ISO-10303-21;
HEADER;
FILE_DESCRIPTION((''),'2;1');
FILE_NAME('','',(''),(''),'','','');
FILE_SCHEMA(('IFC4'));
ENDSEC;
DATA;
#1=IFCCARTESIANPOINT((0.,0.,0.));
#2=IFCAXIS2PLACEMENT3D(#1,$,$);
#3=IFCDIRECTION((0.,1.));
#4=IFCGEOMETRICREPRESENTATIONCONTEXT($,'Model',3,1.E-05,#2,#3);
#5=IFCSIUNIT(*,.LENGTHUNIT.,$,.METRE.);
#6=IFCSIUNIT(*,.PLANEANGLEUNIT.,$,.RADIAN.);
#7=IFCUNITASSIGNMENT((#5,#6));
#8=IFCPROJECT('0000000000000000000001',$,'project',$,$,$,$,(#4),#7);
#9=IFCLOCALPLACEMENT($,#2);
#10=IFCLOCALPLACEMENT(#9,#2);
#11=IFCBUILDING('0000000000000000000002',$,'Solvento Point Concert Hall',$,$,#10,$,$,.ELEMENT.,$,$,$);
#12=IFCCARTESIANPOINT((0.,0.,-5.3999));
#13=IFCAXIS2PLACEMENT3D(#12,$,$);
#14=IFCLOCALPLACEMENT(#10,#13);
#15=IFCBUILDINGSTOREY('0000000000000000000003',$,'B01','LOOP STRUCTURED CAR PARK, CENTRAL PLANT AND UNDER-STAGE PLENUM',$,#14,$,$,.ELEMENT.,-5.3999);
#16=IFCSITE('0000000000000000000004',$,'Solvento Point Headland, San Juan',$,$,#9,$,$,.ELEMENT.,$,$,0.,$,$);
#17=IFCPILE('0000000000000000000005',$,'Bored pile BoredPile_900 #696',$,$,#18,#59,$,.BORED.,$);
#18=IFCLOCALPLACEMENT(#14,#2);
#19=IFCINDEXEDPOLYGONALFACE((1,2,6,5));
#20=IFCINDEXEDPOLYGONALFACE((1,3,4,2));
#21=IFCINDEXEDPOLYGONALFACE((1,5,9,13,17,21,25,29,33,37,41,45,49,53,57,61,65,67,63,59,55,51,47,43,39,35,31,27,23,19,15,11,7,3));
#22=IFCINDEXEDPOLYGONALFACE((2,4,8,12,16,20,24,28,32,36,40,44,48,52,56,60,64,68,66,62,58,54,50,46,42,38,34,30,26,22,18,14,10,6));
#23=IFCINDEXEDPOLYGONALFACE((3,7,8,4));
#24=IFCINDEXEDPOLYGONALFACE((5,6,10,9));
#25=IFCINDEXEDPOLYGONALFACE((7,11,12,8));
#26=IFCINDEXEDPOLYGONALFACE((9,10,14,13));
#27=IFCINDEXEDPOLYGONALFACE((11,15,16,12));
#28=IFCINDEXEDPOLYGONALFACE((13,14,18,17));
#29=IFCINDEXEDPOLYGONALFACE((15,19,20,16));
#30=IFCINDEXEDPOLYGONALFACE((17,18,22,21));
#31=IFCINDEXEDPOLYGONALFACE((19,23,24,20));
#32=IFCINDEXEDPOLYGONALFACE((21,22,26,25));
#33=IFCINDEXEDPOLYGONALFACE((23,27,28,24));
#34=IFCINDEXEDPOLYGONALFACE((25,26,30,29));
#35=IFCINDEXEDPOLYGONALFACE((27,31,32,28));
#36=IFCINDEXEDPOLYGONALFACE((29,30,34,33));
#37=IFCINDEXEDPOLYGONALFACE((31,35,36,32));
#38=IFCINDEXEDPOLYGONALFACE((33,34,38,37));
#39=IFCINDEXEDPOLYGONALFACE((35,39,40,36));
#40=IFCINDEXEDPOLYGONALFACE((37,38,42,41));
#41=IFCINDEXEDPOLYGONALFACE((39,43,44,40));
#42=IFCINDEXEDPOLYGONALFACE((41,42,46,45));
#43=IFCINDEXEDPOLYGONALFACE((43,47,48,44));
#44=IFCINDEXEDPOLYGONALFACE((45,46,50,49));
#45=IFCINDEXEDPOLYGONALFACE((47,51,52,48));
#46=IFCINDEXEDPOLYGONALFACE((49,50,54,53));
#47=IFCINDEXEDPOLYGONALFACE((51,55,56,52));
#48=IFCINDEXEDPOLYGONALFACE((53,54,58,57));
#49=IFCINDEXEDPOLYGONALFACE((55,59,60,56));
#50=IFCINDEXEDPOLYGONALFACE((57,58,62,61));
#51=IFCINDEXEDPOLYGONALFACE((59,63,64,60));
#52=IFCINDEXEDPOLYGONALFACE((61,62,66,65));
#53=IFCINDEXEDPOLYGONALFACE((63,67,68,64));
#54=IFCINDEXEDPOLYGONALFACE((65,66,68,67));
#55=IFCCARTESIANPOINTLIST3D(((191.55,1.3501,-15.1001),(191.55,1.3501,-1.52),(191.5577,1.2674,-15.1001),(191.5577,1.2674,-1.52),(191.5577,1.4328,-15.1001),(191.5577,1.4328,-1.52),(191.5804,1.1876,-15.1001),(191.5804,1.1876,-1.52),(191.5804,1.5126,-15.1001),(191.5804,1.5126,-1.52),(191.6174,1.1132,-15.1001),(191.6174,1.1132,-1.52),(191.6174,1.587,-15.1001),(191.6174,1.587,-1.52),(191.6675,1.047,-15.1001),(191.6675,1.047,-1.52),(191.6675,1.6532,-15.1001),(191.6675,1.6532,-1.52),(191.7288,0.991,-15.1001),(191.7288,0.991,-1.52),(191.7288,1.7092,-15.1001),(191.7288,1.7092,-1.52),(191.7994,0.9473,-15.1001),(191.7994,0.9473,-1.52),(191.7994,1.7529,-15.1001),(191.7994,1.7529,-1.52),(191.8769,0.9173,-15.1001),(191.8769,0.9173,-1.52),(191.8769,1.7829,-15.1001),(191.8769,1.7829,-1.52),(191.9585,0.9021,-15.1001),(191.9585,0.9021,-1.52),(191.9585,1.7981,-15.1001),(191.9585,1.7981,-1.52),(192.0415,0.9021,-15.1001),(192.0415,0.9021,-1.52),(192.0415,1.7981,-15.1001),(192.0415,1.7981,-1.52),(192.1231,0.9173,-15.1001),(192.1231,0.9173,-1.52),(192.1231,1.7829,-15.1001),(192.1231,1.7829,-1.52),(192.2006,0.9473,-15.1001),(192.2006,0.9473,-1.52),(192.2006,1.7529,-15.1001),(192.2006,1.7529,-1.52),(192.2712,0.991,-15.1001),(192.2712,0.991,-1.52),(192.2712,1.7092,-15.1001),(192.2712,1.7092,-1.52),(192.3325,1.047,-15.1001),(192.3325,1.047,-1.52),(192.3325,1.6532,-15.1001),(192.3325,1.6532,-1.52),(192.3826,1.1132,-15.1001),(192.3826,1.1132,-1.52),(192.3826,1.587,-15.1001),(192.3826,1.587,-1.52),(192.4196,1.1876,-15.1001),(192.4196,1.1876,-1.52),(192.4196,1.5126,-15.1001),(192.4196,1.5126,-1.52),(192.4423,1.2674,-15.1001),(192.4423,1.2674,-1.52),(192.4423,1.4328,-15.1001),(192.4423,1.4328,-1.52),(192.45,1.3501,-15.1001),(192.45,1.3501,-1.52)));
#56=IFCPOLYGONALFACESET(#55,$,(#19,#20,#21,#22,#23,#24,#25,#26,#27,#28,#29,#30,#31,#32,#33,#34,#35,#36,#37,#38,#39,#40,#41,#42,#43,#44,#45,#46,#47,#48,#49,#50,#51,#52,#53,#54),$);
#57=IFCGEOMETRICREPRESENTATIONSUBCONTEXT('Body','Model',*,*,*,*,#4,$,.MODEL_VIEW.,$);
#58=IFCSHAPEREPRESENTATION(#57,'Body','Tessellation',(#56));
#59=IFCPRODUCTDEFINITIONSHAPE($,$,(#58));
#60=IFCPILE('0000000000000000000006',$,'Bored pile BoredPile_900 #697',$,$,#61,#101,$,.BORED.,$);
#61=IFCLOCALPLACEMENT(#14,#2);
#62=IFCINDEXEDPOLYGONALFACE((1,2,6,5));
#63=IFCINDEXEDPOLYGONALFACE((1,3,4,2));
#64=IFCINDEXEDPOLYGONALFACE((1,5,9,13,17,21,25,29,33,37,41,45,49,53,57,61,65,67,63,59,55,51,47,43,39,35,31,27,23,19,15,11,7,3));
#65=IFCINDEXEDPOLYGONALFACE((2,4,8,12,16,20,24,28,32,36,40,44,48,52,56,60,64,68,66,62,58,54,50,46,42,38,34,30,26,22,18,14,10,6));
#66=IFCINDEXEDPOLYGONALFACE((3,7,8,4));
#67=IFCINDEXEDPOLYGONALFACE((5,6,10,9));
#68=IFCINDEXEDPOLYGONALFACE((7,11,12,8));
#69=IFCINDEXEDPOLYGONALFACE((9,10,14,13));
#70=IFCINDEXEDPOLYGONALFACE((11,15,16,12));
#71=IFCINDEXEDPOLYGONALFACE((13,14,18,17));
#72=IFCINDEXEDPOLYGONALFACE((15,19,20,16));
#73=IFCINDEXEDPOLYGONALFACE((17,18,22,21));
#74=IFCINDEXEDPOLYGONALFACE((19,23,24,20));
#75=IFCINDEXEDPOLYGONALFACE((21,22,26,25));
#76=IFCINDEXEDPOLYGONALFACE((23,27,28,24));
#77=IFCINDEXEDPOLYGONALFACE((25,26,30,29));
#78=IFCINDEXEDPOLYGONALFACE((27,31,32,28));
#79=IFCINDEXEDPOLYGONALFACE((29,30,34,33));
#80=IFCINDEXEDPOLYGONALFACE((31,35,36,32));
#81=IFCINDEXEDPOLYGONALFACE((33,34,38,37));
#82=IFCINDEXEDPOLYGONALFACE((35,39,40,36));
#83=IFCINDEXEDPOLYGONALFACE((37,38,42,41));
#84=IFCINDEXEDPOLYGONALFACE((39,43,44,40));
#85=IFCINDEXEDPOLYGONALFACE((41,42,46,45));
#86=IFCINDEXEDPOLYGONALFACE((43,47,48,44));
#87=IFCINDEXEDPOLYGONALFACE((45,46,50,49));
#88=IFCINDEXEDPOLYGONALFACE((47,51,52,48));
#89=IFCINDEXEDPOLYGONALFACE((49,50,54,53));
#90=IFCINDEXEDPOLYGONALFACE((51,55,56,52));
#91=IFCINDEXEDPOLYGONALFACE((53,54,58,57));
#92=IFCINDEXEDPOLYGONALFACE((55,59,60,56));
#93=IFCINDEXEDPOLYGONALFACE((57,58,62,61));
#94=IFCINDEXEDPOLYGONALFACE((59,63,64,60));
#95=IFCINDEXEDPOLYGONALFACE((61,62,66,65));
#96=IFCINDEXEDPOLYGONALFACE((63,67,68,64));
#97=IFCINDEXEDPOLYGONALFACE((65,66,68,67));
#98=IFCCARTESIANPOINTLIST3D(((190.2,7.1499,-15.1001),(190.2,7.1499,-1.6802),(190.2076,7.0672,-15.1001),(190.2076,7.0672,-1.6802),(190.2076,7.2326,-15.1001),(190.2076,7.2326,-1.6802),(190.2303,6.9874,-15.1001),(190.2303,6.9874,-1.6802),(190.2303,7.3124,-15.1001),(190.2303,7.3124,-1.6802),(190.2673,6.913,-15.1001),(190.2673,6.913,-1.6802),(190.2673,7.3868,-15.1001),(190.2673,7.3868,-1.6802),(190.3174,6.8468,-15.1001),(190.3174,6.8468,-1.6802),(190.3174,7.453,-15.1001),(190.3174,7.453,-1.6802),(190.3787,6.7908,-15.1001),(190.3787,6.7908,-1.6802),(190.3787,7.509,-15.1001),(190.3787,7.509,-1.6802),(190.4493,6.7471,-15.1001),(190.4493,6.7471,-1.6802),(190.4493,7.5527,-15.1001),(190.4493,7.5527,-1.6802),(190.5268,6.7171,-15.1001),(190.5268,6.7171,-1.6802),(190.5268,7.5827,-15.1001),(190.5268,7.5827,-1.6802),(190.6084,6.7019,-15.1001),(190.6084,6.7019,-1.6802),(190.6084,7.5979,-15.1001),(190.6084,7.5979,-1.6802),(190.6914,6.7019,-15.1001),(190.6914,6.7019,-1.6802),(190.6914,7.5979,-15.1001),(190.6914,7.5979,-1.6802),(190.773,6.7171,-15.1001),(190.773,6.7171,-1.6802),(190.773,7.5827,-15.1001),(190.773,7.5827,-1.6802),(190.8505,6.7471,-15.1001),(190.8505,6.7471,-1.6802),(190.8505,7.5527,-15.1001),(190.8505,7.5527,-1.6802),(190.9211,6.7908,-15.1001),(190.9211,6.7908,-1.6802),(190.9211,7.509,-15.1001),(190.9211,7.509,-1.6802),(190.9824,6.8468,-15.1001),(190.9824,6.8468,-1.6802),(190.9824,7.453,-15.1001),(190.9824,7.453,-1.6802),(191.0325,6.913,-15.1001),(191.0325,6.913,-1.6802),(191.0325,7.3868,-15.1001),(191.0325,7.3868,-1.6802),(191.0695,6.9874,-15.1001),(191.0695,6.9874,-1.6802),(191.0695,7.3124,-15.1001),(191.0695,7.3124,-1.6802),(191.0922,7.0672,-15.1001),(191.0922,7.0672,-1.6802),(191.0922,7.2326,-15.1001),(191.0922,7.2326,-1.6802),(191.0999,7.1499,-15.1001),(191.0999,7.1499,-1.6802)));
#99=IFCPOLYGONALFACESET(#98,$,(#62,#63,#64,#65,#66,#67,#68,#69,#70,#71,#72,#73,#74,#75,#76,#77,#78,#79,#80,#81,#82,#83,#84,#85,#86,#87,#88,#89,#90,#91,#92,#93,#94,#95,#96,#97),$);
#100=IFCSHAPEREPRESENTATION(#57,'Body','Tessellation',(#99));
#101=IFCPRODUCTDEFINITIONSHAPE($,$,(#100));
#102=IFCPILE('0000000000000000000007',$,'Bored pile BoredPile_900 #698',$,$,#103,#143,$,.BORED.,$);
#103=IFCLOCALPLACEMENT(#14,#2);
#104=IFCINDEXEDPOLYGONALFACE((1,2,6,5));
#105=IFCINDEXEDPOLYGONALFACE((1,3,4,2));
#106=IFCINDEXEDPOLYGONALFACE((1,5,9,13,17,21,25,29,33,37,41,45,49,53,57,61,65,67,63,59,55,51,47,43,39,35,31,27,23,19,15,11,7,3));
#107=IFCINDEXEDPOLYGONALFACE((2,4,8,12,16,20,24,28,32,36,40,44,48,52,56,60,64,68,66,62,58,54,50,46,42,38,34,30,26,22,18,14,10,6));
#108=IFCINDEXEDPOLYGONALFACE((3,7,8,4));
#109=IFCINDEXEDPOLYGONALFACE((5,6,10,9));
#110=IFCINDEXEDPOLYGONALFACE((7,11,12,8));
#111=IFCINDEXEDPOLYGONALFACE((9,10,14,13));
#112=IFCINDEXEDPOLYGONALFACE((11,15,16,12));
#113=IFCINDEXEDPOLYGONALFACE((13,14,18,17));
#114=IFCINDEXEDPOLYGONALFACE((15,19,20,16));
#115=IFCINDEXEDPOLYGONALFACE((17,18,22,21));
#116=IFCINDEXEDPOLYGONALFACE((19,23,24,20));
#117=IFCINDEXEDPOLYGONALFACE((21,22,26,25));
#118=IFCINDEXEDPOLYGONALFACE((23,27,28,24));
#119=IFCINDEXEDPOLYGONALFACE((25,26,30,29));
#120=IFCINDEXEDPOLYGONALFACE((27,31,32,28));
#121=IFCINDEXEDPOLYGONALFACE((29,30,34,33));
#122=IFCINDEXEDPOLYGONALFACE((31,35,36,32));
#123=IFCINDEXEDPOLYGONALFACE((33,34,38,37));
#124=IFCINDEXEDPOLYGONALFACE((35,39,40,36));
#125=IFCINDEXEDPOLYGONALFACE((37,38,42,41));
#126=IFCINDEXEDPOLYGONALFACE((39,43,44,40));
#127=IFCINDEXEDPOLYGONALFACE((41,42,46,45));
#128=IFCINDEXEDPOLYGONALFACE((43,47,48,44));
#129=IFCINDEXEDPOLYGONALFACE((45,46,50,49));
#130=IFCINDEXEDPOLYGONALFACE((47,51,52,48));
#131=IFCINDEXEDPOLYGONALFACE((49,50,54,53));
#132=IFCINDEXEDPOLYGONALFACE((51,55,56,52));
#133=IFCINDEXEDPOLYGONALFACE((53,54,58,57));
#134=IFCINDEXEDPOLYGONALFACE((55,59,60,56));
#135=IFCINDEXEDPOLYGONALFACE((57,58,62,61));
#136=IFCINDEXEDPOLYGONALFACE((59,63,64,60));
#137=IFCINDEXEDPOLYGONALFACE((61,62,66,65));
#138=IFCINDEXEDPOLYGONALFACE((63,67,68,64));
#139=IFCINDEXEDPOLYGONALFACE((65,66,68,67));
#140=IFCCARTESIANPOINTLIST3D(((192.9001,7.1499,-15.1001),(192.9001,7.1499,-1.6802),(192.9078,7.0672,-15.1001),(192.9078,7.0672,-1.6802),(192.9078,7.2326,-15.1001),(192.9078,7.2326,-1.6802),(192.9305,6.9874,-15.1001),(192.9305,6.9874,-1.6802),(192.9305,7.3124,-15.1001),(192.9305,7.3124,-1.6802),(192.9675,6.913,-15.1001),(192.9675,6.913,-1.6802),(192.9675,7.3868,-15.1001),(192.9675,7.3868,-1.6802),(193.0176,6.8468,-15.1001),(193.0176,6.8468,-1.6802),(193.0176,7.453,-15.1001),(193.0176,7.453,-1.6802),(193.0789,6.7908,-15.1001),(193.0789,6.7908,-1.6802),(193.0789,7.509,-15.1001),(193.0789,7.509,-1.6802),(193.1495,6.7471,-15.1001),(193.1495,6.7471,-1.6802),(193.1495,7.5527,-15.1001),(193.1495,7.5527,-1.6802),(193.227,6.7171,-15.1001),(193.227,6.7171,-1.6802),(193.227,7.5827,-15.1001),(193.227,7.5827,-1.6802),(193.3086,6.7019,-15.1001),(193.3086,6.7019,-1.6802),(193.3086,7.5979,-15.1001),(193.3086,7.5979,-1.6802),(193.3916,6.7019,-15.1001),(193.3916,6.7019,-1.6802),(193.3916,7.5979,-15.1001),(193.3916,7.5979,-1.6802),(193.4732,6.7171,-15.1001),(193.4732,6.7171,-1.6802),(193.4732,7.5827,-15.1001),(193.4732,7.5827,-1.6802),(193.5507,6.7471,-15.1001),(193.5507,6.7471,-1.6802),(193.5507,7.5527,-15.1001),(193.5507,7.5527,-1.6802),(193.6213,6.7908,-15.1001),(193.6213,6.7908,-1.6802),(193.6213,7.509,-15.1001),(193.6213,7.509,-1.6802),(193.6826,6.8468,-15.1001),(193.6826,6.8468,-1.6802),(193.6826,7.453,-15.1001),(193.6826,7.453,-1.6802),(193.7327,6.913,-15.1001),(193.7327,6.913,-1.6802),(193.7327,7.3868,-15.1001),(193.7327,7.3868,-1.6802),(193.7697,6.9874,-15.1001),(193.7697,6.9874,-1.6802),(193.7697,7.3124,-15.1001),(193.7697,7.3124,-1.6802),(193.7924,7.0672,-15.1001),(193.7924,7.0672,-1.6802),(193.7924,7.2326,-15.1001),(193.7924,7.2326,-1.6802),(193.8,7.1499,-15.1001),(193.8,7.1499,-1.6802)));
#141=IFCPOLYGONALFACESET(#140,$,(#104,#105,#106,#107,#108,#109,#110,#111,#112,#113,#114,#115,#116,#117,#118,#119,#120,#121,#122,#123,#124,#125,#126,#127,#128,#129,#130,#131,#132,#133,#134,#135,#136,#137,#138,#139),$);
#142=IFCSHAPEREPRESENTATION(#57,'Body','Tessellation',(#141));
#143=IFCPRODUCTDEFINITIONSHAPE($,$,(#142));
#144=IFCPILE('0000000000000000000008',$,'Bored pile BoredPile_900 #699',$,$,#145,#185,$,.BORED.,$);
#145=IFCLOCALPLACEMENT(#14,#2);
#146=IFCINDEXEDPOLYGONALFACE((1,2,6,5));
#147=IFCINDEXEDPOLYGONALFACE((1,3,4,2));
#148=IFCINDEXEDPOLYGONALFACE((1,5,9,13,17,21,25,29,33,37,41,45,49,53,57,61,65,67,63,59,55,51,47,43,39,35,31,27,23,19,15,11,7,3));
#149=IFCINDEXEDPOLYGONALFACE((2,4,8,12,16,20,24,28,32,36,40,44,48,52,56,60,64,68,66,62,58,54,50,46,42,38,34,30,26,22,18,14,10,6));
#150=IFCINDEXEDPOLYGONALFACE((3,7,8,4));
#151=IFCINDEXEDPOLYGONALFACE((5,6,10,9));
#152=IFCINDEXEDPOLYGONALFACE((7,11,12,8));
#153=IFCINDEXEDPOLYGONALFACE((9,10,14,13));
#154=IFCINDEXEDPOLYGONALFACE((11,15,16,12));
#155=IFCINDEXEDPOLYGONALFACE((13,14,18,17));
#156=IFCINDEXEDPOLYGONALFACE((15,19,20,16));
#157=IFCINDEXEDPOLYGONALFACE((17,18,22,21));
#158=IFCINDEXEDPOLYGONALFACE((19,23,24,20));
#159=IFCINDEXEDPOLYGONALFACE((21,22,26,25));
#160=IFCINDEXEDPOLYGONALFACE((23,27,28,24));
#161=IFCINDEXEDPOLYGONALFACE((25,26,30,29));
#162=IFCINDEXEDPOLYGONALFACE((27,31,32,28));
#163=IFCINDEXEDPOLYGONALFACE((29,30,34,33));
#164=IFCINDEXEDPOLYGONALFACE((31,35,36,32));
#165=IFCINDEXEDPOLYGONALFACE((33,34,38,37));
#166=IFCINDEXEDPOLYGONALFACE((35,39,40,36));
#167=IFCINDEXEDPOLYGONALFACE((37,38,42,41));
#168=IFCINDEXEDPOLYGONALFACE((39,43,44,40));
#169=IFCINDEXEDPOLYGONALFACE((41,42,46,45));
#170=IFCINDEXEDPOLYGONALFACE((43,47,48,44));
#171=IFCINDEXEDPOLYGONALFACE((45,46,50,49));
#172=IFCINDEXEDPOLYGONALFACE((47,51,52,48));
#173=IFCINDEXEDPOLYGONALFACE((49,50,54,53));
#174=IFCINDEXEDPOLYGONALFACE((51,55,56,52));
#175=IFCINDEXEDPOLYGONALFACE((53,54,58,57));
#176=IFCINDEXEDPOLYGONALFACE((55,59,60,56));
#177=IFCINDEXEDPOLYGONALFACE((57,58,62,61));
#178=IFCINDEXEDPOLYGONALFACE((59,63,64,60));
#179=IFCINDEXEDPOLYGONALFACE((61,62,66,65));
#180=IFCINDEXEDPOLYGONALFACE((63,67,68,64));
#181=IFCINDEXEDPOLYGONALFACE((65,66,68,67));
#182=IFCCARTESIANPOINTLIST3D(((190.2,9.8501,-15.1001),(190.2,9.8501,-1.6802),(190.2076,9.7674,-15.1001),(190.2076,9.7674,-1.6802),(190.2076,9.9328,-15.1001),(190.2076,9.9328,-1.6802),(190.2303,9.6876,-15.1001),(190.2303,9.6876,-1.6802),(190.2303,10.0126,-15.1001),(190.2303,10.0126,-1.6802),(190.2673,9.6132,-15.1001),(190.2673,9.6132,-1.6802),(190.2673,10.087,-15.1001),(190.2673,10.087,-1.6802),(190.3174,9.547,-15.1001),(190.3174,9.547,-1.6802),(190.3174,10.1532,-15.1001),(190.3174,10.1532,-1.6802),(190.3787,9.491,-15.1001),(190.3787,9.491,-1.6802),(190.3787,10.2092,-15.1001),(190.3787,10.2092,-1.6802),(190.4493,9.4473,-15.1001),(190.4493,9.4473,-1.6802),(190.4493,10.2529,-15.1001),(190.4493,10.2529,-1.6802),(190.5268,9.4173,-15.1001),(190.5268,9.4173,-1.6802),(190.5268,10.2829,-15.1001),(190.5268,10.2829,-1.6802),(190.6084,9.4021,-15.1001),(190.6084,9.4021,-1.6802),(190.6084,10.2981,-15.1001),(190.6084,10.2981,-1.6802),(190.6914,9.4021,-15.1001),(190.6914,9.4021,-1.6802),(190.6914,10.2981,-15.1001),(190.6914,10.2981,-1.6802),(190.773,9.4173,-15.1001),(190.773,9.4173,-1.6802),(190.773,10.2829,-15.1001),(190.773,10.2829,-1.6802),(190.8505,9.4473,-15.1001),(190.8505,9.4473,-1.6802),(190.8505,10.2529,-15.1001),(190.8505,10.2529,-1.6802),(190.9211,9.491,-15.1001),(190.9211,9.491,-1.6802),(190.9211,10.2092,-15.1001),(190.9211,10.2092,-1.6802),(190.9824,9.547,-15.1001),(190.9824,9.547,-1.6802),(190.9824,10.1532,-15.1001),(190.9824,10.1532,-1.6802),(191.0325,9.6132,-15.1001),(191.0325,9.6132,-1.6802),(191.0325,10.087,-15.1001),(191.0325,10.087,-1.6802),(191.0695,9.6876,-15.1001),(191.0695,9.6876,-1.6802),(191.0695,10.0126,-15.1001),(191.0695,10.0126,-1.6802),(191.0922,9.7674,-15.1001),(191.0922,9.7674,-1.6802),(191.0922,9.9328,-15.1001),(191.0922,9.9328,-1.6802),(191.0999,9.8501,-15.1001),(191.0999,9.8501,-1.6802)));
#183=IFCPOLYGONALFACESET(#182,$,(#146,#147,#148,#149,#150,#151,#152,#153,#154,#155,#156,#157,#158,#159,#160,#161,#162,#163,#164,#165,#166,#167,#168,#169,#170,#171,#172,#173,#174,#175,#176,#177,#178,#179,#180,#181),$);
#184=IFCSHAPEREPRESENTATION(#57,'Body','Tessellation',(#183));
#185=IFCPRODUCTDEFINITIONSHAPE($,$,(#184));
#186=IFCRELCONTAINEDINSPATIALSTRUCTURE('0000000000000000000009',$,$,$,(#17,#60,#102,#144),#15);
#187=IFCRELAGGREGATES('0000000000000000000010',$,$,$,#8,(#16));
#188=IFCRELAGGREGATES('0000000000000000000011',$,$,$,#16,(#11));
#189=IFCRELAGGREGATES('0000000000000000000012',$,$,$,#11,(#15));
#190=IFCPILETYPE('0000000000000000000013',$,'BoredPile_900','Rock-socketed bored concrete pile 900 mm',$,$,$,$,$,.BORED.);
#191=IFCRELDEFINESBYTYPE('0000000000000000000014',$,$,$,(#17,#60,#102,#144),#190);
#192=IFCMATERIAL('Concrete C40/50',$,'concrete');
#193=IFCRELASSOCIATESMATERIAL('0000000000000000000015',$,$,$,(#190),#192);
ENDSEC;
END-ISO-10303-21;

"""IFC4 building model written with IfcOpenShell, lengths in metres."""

from ifc_helpers import new_model, si_unit, direction, frame, origin, origin_2d, place, context, subcontext, project, spatial, circle, extrude, material, material_profile, profile_set, type_object, element, save


model = new_model("IFC4")

# Units and contexts
model_context = context("Model", 3, precision=1e-05, world=origin(), true_north=direction((0.0, 1.0)))
body_context = subcontext(model_context, "Body", "Model", "MODEL_VIEW")
ifc_project = project(units=[si_unit("LENGTHUNIT", "METRE"), si_unit("PLANEANGLEUNIT", "RADIAN")], contexts=[model_context])

# Site, building, storey
site_placement = place(None, origin())
site = spatial("IfcSite", under=ifc_project, at=site_placement, Name="Solvento Point Headland, San Juan", CompositionType="ELEMENT", RefElevation=0.0)
building_placement = place(site_placement, origin())
building = spatial("IfcBuilding", under=site, at=building_placement, Name="Solvento Point Concert Hall", CompositionType="ELEMENT")
storey_placement = place(building_placement, frame((0.0, 0.0, -5.3999)))
storey = spatial("IfcBuildingStorey", under=building, at=storey_placement, Name="B01", Description="LOOP STRUCTURED CAR PARK, CENTRAL PLANT AND UNDER-STAGE PLENUM", CompositionType="ELEMENT", Elevation=-5.3999)

# Piles
ifc_material_1 = material(Name="Concrete C40/50", Category="concrete")
ifc_material_profile_1 = material_profile(ifc_material_1, circle(Radius=0.45, at=origin_2d()), Name="BP-900")
ifc_profile_set_1 = profile_set([ifc_material_profile_1], Name="Concrete C40/50")
pile_type_1 = type_object("IfcPileType", Name="BoredPile_900", Description="Rock-socketed bored concrete pile 900 mm", PredefinedType="BORED", material=ifc_profile_set_1)
for number, where, z_axis, x_axis, name in (
    (1, (192.0, 1.3501, -1.52), (0.0, 0.0, -1.0), (1.0, 0.0, 0.0), "Bored pile BoredPile_900 #696"),
):
    element("IfcPile", number, at=place(storey_placement, frame(where, z_axis=z_axis, x_axis=x_axis)), inside=storey, type_object=pile_type_1, Name=name, PredefinedType="BORED", context=body_context, shape_type="SweptSolid", body=[
        extrude(circle(Radius=0.45, at=origin_2d()), origin(), (0.0, 0.0, 1.0), 13.5801),
    ])
for number, where, z_axis, x_axis, name in (
    (2, (190.6499, 7.1499, -1.6802), (0.0, 0.0, -1.0), (1.0, 0.0, 0.0), "Bored pile BoredPile_900 #697"),
    (3, (193.3501, 7.1499, -1.6802), (0.0, 0.0, -1.0), (1.0, 0.0, 0.0), "Bored pile BoredPile_900 #698"),
    (4, (190.6499, 9.8501, -1.6802), (0.0, 0.0, -1.0), (1.0, 0.0, 0.0), "Bored pile BoredPile_900 #699"),
):
    element("IfcPile", number, at=place(storey_placement, frame(where, z_axis=z_axis, x_axis=x_axis)), inside=storey, type_object=pile_type_1, Name=name, PredefinedType="BORED", context=body_context, shape_type="SweptSolid", body=[
        extrude(circle(Radius=0.45, at=origin_2d()), origin(), (0.0, 0.0, 1.0), 13.4199),
    ])

save(model, "model.ifc")
